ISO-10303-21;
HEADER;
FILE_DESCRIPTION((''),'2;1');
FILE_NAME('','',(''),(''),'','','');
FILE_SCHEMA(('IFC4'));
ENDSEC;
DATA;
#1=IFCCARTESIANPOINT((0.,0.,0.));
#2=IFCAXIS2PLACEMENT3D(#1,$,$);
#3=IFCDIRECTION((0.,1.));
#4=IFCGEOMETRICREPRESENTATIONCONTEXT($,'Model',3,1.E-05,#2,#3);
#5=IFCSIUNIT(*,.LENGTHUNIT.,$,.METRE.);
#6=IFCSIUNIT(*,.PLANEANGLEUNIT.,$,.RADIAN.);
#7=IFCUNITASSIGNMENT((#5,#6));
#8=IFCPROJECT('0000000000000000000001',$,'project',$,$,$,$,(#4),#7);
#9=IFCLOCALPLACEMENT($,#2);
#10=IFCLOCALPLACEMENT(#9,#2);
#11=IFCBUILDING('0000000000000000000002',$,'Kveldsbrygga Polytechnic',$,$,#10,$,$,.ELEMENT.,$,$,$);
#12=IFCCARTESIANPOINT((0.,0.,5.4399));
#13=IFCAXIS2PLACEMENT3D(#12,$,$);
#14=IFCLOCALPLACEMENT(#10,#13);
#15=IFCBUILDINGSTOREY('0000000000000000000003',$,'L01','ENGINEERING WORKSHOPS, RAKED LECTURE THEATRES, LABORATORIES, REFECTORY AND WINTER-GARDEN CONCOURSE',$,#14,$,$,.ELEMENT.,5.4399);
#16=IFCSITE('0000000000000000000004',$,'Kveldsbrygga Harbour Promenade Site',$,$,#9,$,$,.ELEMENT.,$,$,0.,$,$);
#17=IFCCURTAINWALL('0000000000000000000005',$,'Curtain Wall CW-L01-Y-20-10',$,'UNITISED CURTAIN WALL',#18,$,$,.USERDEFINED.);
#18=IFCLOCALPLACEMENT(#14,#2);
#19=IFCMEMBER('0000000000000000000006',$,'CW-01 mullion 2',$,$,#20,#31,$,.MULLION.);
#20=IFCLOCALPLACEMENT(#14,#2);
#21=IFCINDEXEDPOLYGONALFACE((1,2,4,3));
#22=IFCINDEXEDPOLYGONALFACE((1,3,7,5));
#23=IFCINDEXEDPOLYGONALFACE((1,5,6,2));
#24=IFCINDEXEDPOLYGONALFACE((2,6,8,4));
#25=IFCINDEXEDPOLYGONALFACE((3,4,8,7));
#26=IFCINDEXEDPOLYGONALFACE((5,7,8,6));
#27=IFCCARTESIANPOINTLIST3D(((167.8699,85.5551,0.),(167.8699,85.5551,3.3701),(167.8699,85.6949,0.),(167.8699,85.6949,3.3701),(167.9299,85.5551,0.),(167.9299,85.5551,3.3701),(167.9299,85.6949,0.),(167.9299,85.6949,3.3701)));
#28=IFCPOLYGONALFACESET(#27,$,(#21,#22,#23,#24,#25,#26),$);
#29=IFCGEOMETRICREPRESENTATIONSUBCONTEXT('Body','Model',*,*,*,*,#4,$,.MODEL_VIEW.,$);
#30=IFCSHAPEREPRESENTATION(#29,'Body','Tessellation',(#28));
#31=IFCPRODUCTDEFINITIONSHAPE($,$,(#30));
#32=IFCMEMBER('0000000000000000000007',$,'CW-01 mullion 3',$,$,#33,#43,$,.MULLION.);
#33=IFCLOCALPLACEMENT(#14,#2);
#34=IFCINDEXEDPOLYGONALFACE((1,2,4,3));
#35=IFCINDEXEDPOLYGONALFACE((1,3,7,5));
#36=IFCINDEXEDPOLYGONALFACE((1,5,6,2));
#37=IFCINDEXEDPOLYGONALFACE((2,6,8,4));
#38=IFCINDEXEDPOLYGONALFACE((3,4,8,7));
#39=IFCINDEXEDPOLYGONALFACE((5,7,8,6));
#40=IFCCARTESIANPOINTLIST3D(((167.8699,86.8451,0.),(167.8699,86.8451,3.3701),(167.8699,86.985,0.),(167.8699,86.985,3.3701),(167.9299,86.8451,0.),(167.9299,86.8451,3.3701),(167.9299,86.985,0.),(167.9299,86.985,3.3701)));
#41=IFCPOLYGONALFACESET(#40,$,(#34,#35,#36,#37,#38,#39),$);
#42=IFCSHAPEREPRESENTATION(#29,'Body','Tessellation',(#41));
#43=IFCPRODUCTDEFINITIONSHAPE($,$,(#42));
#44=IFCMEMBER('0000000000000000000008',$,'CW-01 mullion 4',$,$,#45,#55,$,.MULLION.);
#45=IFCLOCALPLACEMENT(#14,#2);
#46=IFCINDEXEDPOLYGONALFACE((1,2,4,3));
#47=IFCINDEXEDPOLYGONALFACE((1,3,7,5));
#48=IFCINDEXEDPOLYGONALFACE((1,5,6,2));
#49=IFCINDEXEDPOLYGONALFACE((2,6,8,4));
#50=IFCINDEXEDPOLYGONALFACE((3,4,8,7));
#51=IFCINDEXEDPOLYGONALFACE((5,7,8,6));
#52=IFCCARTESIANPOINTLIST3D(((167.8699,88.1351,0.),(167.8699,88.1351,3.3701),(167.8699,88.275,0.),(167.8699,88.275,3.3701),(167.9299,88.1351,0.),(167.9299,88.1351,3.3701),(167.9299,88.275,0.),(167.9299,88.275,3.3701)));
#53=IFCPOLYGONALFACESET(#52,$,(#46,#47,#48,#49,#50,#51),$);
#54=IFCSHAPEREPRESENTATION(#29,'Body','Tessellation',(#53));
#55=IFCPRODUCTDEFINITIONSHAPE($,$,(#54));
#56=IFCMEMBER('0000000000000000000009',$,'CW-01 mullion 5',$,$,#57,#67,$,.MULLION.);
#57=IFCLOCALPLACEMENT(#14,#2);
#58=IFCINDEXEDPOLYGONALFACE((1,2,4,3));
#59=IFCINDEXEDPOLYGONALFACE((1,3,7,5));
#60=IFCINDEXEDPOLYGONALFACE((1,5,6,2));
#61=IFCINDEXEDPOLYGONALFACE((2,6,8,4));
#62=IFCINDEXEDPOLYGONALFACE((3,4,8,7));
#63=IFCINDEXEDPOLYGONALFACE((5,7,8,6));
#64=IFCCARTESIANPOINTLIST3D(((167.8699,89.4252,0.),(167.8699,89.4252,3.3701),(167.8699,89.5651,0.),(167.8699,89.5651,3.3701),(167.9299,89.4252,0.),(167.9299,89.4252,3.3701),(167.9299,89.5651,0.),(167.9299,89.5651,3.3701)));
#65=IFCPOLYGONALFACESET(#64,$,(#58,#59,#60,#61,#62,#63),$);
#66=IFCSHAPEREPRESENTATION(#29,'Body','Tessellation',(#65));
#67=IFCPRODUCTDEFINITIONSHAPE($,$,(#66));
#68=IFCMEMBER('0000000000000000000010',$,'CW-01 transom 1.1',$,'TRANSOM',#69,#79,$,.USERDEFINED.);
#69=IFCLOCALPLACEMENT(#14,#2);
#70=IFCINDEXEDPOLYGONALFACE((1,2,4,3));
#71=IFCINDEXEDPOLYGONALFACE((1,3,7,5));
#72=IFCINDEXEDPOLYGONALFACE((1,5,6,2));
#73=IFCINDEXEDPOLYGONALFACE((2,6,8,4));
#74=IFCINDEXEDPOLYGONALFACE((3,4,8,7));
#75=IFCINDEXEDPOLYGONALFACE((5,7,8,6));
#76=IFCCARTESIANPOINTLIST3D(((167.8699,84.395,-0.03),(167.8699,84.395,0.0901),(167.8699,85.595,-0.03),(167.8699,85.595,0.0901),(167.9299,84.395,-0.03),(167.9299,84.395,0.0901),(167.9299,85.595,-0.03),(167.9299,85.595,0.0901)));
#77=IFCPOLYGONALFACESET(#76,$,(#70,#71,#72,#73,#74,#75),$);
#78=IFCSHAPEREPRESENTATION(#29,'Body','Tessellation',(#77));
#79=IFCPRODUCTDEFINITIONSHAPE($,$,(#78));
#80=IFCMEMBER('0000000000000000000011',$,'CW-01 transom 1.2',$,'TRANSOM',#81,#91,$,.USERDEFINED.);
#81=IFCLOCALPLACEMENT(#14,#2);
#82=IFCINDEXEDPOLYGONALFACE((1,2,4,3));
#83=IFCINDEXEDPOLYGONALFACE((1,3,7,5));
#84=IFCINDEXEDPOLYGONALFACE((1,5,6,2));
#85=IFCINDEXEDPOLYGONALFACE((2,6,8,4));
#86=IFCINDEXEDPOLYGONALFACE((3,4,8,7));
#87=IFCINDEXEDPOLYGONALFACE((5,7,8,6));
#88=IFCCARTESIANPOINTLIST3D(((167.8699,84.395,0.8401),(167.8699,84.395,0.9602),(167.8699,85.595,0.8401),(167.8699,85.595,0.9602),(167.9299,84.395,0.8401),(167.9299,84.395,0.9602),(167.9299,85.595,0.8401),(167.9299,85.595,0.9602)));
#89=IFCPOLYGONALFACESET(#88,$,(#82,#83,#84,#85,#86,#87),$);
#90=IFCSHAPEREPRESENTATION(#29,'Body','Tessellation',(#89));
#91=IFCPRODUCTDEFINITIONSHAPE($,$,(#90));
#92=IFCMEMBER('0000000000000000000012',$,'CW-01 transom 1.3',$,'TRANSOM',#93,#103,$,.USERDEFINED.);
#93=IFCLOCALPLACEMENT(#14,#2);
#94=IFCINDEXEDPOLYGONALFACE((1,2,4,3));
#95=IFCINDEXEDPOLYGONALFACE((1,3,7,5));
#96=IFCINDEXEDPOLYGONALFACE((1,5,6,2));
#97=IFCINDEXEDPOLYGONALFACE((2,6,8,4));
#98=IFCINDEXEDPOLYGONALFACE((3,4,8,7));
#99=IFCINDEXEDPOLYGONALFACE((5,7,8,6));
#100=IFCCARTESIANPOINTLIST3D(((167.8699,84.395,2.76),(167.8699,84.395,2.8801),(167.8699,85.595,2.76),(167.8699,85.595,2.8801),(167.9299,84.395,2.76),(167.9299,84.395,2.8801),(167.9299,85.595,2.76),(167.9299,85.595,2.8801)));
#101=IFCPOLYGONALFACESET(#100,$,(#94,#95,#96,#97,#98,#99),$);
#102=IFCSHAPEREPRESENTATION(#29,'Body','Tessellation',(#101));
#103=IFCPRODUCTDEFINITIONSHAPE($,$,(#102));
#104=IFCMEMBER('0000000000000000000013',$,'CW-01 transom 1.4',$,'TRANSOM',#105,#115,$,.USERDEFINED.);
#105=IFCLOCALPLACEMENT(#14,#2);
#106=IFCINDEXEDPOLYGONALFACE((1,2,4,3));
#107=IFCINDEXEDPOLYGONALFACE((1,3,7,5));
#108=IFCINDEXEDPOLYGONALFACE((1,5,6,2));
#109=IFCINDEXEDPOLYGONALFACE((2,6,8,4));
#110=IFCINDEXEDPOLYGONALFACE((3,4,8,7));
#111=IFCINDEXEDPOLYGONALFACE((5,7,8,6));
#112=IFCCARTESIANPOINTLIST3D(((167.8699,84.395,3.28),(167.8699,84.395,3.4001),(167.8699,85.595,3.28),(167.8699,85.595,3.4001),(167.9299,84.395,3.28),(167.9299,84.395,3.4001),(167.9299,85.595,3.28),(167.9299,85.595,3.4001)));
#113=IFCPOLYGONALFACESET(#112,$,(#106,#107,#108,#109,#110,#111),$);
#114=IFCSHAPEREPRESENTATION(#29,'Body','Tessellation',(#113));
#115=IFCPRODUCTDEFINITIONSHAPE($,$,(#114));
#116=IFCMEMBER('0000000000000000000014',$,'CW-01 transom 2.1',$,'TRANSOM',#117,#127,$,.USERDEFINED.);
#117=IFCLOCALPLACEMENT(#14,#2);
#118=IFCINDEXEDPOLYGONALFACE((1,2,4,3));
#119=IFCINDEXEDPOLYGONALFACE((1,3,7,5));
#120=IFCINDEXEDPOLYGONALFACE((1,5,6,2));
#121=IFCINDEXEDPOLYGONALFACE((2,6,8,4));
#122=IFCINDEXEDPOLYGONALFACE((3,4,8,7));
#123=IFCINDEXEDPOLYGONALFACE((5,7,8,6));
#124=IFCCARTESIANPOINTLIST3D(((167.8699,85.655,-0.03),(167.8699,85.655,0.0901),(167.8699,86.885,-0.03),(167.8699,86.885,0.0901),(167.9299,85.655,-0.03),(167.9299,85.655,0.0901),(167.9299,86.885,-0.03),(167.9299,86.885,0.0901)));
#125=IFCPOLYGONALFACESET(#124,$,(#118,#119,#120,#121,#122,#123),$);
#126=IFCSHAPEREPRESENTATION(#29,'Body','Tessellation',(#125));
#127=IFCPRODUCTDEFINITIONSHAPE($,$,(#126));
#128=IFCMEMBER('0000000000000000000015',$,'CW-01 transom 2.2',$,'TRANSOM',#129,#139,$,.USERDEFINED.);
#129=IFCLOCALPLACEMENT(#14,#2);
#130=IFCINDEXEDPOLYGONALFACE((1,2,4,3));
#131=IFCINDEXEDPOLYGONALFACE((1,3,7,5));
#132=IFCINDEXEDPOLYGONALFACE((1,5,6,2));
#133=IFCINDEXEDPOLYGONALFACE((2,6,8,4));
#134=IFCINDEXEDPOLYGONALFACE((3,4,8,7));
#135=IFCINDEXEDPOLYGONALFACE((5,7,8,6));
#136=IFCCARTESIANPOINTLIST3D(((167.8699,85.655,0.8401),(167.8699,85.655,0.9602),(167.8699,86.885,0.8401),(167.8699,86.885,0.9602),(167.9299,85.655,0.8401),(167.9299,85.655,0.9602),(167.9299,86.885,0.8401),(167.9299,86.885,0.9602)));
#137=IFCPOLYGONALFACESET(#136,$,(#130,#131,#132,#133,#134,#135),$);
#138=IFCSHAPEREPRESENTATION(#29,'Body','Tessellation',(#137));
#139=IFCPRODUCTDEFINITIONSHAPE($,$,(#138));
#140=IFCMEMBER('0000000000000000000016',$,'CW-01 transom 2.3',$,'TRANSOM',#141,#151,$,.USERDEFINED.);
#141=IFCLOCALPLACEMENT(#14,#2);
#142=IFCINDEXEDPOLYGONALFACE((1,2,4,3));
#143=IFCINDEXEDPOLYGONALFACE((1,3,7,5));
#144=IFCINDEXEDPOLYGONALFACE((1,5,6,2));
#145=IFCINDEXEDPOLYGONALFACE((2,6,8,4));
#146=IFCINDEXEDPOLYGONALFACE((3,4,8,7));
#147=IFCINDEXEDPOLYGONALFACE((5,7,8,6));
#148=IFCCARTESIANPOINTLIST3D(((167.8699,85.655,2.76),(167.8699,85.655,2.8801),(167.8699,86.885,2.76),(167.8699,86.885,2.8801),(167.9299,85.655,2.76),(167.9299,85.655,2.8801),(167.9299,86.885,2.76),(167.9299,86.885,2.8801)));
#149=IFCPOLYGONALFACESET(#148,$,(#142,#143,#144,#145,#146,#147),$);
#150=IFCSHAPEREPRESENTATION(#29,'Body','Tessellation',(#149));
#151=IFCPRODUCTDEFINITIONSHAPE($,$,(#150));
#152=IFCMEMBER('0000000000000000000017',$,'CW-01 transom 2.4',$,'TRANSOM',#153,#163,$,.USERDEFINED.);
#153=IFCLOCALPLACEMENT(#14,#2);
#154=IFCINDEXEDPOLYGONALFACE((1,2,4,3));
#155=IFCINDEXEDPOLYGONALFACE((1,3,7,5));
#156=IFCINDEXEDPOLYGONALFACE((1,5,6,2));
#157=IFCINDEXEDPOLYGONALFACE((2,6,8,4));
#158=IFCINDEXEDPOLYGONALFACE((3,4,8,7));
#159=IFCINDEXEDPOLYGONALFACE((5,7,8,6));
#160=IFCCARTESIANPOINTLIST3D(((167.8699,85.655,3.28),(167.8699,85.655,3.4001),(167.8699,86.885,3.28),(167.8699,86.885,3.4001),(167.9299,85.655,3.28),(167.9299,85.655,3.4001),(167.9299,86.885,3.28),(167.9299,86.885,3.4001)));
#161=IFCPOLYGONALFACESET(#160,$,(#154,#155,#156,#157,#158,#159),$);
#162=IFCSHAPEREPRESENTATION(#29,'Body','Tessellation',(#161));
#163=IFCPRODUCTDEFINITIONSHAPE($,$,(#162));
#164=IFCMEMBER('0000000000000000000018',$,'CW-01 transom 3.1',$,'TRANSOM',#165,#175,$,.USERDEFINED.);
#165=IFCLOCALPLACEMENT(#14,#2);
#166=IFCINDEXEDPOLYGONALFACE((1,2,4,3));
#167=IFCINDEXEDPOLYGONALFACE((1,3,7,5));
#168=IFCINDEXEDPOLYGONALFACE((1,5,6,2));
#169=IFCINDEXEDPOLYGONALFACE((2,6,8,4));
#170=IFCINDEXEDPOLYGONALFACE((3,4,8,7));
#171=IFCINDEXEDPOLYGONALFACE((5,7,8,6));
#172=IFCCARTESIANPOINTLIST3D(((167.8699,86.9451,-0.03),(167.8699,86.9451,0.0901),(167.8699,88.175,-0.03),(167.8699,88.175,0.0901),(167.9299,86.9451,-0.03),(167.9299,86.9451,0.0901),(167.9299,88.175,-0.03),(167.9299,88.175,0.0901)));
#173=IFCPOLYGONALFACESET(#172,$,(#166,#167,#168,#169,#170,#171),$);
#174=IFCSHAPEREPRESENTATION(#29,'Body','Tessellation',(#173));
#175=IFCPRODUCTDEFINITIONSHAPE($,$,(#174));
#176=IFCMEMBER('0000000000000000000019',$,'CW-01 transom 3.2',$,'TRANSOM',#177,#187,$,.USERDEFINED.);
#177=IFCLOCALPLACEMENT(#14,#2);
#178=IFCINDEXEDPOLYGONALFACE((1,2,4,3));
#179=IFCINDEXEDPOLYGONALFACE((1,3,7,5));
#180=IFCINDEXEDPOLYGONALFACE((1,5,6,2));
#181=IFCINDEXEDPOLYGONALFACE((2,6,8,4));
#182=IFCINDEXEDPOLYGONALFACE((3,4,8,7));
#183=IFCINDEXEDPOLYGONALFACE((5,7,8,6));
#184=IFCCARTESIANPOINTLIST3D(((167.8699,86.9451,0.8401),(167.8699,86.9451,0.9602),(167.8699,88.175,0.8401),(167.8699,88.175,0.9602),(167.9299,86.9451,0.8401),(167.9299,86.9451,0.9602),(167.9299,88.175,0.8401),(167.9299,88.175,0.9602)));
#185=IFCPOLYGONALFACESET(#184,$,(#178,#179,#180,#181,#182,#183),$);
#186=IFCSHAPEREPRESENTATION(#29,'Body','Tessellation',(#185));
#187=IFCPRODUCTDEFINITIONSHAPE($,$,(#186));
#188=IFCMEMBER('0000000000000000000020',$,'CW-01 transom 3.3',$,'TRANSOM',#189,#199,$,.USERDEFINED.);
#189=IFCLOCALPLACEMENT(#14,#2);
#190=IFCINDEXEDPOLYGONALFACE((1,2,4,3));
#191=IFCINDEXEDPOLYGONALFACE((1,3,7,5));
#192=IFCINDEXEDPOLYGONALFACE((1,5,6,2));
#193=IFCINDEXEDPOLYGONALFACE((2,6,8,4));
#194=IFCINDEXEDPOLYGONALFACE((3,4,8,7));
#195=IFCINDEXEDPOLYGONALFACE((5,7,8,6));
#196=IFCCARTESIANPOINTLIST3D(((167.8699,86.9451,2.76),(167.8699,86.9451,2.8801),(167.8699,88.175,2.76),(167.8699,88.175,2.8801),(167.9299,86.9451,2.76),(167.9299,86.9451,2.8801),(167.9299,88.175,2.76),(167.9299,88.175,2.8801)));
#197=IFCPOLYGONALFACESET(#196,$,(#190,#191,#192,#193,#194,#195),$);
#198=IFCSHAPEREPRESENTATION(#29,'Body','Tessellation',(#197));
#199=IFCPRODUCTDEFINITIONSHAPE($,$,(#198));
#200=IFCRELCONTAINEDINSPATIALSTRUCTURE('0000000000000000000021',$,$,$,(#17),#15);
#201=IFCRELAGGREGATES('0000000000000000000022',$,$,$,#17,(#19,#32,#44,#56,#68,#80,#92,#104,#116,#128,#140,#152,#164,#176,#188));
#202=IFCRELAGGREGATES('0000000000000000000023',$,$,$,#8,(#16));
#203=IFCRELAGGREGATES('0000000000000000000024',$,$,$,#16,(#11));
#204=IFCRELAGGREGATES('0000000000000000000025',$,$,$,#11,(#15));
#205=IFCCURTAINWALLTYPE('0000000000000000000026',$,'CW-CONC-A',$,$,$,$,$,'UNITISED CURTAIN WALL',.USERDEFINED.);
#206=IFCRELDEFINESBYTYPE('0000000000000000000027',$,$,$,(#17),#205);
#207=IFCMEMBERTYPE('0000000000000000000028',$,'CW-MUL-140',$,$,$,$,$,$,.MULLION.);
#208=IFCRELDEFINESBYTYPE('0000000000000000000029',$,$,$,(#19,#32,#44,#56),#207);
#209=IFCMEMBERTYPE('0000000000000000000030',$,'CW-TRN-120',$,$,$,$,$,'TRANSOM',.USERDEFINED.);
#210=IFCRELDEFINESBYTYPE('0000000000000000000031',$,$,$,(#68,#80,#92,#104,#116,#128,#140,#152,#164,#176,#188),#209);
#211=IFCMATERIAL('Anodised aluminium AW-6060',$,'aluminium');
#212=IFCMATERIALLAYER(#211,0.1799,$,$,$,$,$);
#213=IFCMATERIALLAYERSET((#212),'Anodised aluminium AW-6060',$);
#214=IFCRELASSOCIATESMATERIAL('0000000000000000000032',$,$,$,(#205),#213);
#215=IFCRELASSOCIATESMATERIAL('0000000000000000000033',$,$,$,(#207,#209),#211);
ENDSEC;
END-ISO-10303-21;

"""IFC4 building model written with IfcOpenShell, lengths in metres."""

from ifc_helpers import new_model, si_unit, direction, frame, origin, origin_2d, place, context, subcontext, project, spatial, rectangle, extrude, material, layer, layer_set, material_profile, profile_set, type_object, element, aggregate, save


model = new_model("IFC4")

# Units and contexts
model_context = context("Model", 3, precision=1e-05, world=origin(), true_north=direction((0.0, 1.0)))
body_context = subcontext(model_context, "Body", "Model", "MODEL_VIEW")
ifc_project = project(units=[si_unit("LENGTHUNIT", "METRE"), si_unit("PLANEANGLEUNIT", "RADIAN")], contexts=[model_context])

# Site, building, storey
site_placement = place(None, origin())
site = spatial("IfcSite", under=ifc_project, at=site_placement, Name="Kveldsbrygga Harbour Promenade Site", CompositionType="ELEMENT", RefElevation=0.0)
building_placement = place(site_placement, origin())
building = spatial("IfcBuilding", under=site, at=building_placement, Name="Kveldsbrygga Polytechnic", CompositionType="ELEMENT")
storey_placement = place(building_placement, frame((0.0, 0.0, 5.4399)))
storey = spatial("IfcBuildingStorey", under=building, at=storey_placement, Name="L01", Description="ENGINEERING WORKSHOPS, RAKED LECTURE THEATRES, LABORATORIES, REFECTORY AND WINTER-GARDEN CONCOURSE", CompositionType="ELEMENT", Elevation=5.4399)

# Curtain wall, members
ifc_material_1 = material(Name="Anodised aluminium AW-6060", Category="aluminium")
ifc_layer_1 = layer(ifc_material_1, 0.1799)
ifc_layer_set_1 = layer_set([ifc_layer_1], Name="Anodised aluminium AW-6060")
curtain_wall_type = type_object("IfcCurtainWallType", Name="CW-CONC-A", ElementType="UNITISED CURTAIN WALL", PredefinedType="USERDEFINED", material=ifc_layer_set_1)
curtain_wall_placement = place(storey_placement, origin())
curtain_wall = element("IfcCurtainWall", 1, at=curtain_wall_placement, inside=storey, type_object=curtain_wall_type, Name="Curtain Wall CW-L01-Y-20-10", ObjectType="UNITISED CURTAIN WALL", PredefinedType="USERDEFINED")
ifc_material_profile_1 = material_profile(ifc_material_1, rectangle(XDim=0.0601, YDim=0.1399, at=origin_2d()), Name="ALU 60x140")
ifc_profile_set_1 = profile_set([ifc_material_profile_1], Name="Anodised aluminium AW-6060")
member_type_1 = type_object("IfcMemberType", Name="CW-MUL-140", PredefinedType="MULLION", material=ifc_profile_set_1)
member_1_placement = place(storey_placement, frame((167.8999, 85.625, 0.0), z_axis=(0.0, 0.0, 1.0), x_axis=(-1.0, 0.0, 0.0)))
member_1 = element("IfcMember", 2, at=member_1_placement, type_object=member_type_1, Name="CW-01 mullion 2", PredefinedType="MULLION", context=body_context, shape_type="SweptSolid", body=[
    extrude(rectangle(XDim=0.0601, YDim=0.1399, at=origin_2d()), origin(), (0.0, 0.0, 1.0), 3.3701),
])
member_2_placement = place(storey_placement, frame((167.8999, 86.915, 0.0), z_axis=(0.0, 0.0, 1.0), x_axis=(-1.0, 0.0, 0.0)))
member_2 = element("IfcMember", 3, at=member_2_placement, type_object=member_type_1, Name="CW-01 mullion 3", PredefinedType="MULLION", context=body_context, shape_type="SweptSolid", body=[
    extrude(rectangle(XDim=0.0601, YDim=0.1399, at=origin_2d()), origin(), (0.0, 0.0, 1.0), 3.3701),
])
member_3_placement = place(storey_placement, frame((167.8999, 88.2051, 0.0), z_axis=(0.0, 0.0, 1.0), x_axis=(-1.0, 0.0, 0.0)))
member_3 = element("IfcMember", 4, at=member_3_placement, type_object=member_type_1, Name="CW-01 mullion 4", PredefinedType="MULLION", context=body_context, shape_type="SweptSolid", body=[
    extrude(rectangle(XDim=0.0601, YDim=0.1399, at=origin_2d()), origin(), (0.0, 0.0, 1.0), 3.3701),
])
member_4_placement = place(storey_placement, frame((167.8999, 89.4951, 0.0), z_axis=(0.0, 0.0, 1.0), x_axis=(-1.0, 0.0, 0.0)))
member_4 = element("IfcMember", 5, at=member_4_placement, type_object=member_type_1, Name="CW-01 mullion 5", PredefinedType="MULLION", context=body_context, shape_type="SweptSolid", body=[
    extrude(rectangle(XDim=0.0601, YDim=0.1399, at=origin_2d()), origin(), (0.0, 0.0, 1.0), 3.3701),
])
ifc_material_profile_2 = material_profile(ifc_material_1, rectangle(XDim=0.0601, YDim=0.1201, at=origin_2d()), Name="ALU 60x120")
ifc_profile_set_2 = profile_set([ifc_material_profile_2], Name="Anodised aluminium AW-6060")
member_type_2 = type_object("IfcMemberType", Name="CW-TRN-120", ElementType="TRANSOM", PredefinedType="USERDEFINED", material=ifc_profile_set_2)
member_5_placement = place(storey_placement, frame((167.8999, 84.395, 0.03), z_axis=(0.0, 1.0, 0.0), x_axis=(-1.0, 0.0, 0.0)))
member_5 = element("IfcMember", 6, at=member_5_placement, type_object=member_type_2, Name="CW-01 transom 1.1", ObjectType="TRANSOM", PredefinedType="USERDEFINED", context=body_context, shape_type="SweptSolid", body=[
    extrude(rectangle(XDim=0.0601, YDim=0.1201, at=origin_2d()), origin(), (0.0, 0.0, 1.0), 1.2),
])
member_6_placement = place(storey_placement, frame((167.8999, 84.395, 0.9001), z_axis=(0.0, 1.0, 0.0), x_axis=(-1.0, 0.0, 0.0)))
member_6 = element("IfcMember", 7, at=member_6_placement, type_object=member_type_2, Name="CW-01 transom 1.2", ObjectType="TRANSOM", PredefinedType="USERDEFINED", context=body_context, shape_type="SweptSolid", body=[
    extrude(rectangle(XDim=0.0601, YDim=0.1201, at=origin_2d()), origin(), (0.0, 0.0, 1.0), 1.2),
])
member_7_placement = place(storey_placement, frame((167.8999, 84.395, 2.8201), z_axis=(0.0, 1.0, 0.0), x_axis=(-1.0, 0.0, 0.0)))
member_7 = element("IfcMember", 8, at=member_7_placement, type_object=member_type_2, Name="CW-01 transom 1.3", ObjectType="TRANSOM", PredefinedType="USERDEFINED", context=body_context, shape_type="SweptSolid", body=[
    extrude(rectangle(XDim=0.0601, YDim=0.1201, at=origin_2d()), origin(), (0.0, 0.0, 1.0), 1.2),
])
member_8_placement = place(storey_placement, frame((167.8999, 84.395, 3.3401), z_axis=(0.0, 1.0, 0.0), x_axis=(-1.0, 0.0, 0.0)))
member_8 = element("IfcMember", 9, at=member_8_placement, type_object=member_type_2, Name="CW-01 transom 1.4", ObjectType="TRANSOM", PredefinedType="USERDEFINED", context=body_context, shape_type="SweptSolid", body=[
    extrude(rectangle(XDim=0.0601, YDim=0.1201, at=origin_2d()), origin(), (0.0, 0.0, 1.0), 1.2),
])
member_9_placement = place(storey_placement, frame((167.8999, 85.655, 0.03), z_axis=(0.0, 1.0, 0.0), x_axis=(-1.0, 0.0, 0.0)))
member_9 = element("IfcMember", 10, at=member_9_placement, type_object=member_type_2, Name="CW-01 transom 2.1", ObjectType="TRANSOM", PredefinedType="USERDEFINED", context=body_context, shape_type="SweptSolid", body=[
    extrude(rectangle(XDim=0.0601, YDim=0.1201, at=origin_2d()), origin(), (0.0, 0.0, 1.0), 1.23),
])
member_10_placement = place(storey_placement, frame((167.8999, 85.655, 0.9001), z_axis=(0.0, 1.0, 0.0), x_axis=(-1.0, 0.0, 0.0)))
member_10 = element("IfcMember", 11, at=member_10_placement, type_object=member_type_2, Name="CW-01 transom 2.2", ObjectType="TRANSOM", PredefinedType="USERDEFINED", context=body_context, shape_type="SweptSolid", body=[
    extrude(rectangle(XDim=0.0601, YDim=0.1201, at=origin_2d()), origin(), (0.0, 0.0, 1.0), 1.23),
])
member_11_placement = place(storey_placement, frame((167.8999, 85.655, 2.8201), z_axis=(0.0, 1.0, 0.0), x_axis=(-1.0, 0.0, 0.0)))
member_11 = element("IfcMember", 12, at=member_11_placement, type_object=member_type_2, Name="CW-01 transom 2.3", ObjectType="TRANSOM", PredefinedType="USERDEFINED", context=body_context, shape_type="SweptSolid", body=[
    extrude(rectangle(XDim=0.0601, YDim=0.1201, at=origin_2d()), origin(), (0.0, 0.0, 1.0), 1.23),
])
member_12_placement = place(storey_placement, frame((167.8999, 85.655, 3.3401), z_axis=(0.0, 1.0, 0.0), x_axis=(-1.0, 0.0, 0.0)))
member_12 = element("IfcMember", 13, at=member_12_placement, type_object=member_type_2, Name="CW-01 transom 2.4", ObjectType="TRANSOM", PredefinedType="USERDEFINED", context=body_context, shape_type="SweptSolid", body=[
    extrude(rectangle(XDim=0.0601, YDim=0.1201, at=origin_2d()), origin(), (0.0, 0.0, 1.0), 1.23),
])
member_13_placement = place(storey_placement, frame((167.8999, 86.9451, 0.03), z_axis=(0.0, 1.0, 0.0), x_axis=(-1.0, 0.0, 0.0)))
member_13 = element("IfcMember", 14, at=member_13_placement, type_object=member_type_2, Name="CW-01 transom 3.1", ObjectType="TRANSOM", PredefinedType="USERDEFINED", context=body_context, shape_type="SweptSolid", body=[
    extrude(rectangle(XDim=0.0601, YDim=0.1201, at=origin_2d()), origin(), (0.0, 0.0, 1.0), 1.23),
])
member_14_placement = place(storey_placement, frame((167.8999, 86.9451, 0.9001), z_axis=(0.0, 1.0, 0.0), x_axis=(-1.0, 0.0, 0.0)))
member_14 = element("IfcMember", 15, at=member_14_placement, type_object=member_type_2, Name="CW-01 transom 3.2", ObjectType="TRANSOM", PredefinedType="USERDEFINED", context=body_context, shape_type="SweptSolid", body=[
    extrude(rectangle(XDim=0.0601, YDim=0.1201, at=origin_2d()), origin(), (0.0, 0.0, 1.0), 1.23),
])
member_15_placement = place(storey_placement, frame((167.8999, 86.9451, 2.8201), z_axis=(0.0, 1.0, 0.0), x_axis=(-1.0, 0.0, 0.0)))
member_15 = element("IfcMember", 16, at=member_15_placement, type_object=member_type_2, Name="CW-01 transom 3.3", ObjectType="TRANSOM", PredefinedType="USERDEFINED", context=body_context, shape_type="SweptSolid", body=[
    extrude(rectangle(XDim=0.0601, YDim=0.1201, at=origin_2d()), origin(), (0.0, 0.0, 1.0), 1.23),
])

aggregate(curtain_wall, [member_1, member_2, member_3, member_4, member_5, member_6, member_7, member_8, member_9, member_10, member_11, member_12, member_13, member_14, member_15])

save(model, "model.ifc")
